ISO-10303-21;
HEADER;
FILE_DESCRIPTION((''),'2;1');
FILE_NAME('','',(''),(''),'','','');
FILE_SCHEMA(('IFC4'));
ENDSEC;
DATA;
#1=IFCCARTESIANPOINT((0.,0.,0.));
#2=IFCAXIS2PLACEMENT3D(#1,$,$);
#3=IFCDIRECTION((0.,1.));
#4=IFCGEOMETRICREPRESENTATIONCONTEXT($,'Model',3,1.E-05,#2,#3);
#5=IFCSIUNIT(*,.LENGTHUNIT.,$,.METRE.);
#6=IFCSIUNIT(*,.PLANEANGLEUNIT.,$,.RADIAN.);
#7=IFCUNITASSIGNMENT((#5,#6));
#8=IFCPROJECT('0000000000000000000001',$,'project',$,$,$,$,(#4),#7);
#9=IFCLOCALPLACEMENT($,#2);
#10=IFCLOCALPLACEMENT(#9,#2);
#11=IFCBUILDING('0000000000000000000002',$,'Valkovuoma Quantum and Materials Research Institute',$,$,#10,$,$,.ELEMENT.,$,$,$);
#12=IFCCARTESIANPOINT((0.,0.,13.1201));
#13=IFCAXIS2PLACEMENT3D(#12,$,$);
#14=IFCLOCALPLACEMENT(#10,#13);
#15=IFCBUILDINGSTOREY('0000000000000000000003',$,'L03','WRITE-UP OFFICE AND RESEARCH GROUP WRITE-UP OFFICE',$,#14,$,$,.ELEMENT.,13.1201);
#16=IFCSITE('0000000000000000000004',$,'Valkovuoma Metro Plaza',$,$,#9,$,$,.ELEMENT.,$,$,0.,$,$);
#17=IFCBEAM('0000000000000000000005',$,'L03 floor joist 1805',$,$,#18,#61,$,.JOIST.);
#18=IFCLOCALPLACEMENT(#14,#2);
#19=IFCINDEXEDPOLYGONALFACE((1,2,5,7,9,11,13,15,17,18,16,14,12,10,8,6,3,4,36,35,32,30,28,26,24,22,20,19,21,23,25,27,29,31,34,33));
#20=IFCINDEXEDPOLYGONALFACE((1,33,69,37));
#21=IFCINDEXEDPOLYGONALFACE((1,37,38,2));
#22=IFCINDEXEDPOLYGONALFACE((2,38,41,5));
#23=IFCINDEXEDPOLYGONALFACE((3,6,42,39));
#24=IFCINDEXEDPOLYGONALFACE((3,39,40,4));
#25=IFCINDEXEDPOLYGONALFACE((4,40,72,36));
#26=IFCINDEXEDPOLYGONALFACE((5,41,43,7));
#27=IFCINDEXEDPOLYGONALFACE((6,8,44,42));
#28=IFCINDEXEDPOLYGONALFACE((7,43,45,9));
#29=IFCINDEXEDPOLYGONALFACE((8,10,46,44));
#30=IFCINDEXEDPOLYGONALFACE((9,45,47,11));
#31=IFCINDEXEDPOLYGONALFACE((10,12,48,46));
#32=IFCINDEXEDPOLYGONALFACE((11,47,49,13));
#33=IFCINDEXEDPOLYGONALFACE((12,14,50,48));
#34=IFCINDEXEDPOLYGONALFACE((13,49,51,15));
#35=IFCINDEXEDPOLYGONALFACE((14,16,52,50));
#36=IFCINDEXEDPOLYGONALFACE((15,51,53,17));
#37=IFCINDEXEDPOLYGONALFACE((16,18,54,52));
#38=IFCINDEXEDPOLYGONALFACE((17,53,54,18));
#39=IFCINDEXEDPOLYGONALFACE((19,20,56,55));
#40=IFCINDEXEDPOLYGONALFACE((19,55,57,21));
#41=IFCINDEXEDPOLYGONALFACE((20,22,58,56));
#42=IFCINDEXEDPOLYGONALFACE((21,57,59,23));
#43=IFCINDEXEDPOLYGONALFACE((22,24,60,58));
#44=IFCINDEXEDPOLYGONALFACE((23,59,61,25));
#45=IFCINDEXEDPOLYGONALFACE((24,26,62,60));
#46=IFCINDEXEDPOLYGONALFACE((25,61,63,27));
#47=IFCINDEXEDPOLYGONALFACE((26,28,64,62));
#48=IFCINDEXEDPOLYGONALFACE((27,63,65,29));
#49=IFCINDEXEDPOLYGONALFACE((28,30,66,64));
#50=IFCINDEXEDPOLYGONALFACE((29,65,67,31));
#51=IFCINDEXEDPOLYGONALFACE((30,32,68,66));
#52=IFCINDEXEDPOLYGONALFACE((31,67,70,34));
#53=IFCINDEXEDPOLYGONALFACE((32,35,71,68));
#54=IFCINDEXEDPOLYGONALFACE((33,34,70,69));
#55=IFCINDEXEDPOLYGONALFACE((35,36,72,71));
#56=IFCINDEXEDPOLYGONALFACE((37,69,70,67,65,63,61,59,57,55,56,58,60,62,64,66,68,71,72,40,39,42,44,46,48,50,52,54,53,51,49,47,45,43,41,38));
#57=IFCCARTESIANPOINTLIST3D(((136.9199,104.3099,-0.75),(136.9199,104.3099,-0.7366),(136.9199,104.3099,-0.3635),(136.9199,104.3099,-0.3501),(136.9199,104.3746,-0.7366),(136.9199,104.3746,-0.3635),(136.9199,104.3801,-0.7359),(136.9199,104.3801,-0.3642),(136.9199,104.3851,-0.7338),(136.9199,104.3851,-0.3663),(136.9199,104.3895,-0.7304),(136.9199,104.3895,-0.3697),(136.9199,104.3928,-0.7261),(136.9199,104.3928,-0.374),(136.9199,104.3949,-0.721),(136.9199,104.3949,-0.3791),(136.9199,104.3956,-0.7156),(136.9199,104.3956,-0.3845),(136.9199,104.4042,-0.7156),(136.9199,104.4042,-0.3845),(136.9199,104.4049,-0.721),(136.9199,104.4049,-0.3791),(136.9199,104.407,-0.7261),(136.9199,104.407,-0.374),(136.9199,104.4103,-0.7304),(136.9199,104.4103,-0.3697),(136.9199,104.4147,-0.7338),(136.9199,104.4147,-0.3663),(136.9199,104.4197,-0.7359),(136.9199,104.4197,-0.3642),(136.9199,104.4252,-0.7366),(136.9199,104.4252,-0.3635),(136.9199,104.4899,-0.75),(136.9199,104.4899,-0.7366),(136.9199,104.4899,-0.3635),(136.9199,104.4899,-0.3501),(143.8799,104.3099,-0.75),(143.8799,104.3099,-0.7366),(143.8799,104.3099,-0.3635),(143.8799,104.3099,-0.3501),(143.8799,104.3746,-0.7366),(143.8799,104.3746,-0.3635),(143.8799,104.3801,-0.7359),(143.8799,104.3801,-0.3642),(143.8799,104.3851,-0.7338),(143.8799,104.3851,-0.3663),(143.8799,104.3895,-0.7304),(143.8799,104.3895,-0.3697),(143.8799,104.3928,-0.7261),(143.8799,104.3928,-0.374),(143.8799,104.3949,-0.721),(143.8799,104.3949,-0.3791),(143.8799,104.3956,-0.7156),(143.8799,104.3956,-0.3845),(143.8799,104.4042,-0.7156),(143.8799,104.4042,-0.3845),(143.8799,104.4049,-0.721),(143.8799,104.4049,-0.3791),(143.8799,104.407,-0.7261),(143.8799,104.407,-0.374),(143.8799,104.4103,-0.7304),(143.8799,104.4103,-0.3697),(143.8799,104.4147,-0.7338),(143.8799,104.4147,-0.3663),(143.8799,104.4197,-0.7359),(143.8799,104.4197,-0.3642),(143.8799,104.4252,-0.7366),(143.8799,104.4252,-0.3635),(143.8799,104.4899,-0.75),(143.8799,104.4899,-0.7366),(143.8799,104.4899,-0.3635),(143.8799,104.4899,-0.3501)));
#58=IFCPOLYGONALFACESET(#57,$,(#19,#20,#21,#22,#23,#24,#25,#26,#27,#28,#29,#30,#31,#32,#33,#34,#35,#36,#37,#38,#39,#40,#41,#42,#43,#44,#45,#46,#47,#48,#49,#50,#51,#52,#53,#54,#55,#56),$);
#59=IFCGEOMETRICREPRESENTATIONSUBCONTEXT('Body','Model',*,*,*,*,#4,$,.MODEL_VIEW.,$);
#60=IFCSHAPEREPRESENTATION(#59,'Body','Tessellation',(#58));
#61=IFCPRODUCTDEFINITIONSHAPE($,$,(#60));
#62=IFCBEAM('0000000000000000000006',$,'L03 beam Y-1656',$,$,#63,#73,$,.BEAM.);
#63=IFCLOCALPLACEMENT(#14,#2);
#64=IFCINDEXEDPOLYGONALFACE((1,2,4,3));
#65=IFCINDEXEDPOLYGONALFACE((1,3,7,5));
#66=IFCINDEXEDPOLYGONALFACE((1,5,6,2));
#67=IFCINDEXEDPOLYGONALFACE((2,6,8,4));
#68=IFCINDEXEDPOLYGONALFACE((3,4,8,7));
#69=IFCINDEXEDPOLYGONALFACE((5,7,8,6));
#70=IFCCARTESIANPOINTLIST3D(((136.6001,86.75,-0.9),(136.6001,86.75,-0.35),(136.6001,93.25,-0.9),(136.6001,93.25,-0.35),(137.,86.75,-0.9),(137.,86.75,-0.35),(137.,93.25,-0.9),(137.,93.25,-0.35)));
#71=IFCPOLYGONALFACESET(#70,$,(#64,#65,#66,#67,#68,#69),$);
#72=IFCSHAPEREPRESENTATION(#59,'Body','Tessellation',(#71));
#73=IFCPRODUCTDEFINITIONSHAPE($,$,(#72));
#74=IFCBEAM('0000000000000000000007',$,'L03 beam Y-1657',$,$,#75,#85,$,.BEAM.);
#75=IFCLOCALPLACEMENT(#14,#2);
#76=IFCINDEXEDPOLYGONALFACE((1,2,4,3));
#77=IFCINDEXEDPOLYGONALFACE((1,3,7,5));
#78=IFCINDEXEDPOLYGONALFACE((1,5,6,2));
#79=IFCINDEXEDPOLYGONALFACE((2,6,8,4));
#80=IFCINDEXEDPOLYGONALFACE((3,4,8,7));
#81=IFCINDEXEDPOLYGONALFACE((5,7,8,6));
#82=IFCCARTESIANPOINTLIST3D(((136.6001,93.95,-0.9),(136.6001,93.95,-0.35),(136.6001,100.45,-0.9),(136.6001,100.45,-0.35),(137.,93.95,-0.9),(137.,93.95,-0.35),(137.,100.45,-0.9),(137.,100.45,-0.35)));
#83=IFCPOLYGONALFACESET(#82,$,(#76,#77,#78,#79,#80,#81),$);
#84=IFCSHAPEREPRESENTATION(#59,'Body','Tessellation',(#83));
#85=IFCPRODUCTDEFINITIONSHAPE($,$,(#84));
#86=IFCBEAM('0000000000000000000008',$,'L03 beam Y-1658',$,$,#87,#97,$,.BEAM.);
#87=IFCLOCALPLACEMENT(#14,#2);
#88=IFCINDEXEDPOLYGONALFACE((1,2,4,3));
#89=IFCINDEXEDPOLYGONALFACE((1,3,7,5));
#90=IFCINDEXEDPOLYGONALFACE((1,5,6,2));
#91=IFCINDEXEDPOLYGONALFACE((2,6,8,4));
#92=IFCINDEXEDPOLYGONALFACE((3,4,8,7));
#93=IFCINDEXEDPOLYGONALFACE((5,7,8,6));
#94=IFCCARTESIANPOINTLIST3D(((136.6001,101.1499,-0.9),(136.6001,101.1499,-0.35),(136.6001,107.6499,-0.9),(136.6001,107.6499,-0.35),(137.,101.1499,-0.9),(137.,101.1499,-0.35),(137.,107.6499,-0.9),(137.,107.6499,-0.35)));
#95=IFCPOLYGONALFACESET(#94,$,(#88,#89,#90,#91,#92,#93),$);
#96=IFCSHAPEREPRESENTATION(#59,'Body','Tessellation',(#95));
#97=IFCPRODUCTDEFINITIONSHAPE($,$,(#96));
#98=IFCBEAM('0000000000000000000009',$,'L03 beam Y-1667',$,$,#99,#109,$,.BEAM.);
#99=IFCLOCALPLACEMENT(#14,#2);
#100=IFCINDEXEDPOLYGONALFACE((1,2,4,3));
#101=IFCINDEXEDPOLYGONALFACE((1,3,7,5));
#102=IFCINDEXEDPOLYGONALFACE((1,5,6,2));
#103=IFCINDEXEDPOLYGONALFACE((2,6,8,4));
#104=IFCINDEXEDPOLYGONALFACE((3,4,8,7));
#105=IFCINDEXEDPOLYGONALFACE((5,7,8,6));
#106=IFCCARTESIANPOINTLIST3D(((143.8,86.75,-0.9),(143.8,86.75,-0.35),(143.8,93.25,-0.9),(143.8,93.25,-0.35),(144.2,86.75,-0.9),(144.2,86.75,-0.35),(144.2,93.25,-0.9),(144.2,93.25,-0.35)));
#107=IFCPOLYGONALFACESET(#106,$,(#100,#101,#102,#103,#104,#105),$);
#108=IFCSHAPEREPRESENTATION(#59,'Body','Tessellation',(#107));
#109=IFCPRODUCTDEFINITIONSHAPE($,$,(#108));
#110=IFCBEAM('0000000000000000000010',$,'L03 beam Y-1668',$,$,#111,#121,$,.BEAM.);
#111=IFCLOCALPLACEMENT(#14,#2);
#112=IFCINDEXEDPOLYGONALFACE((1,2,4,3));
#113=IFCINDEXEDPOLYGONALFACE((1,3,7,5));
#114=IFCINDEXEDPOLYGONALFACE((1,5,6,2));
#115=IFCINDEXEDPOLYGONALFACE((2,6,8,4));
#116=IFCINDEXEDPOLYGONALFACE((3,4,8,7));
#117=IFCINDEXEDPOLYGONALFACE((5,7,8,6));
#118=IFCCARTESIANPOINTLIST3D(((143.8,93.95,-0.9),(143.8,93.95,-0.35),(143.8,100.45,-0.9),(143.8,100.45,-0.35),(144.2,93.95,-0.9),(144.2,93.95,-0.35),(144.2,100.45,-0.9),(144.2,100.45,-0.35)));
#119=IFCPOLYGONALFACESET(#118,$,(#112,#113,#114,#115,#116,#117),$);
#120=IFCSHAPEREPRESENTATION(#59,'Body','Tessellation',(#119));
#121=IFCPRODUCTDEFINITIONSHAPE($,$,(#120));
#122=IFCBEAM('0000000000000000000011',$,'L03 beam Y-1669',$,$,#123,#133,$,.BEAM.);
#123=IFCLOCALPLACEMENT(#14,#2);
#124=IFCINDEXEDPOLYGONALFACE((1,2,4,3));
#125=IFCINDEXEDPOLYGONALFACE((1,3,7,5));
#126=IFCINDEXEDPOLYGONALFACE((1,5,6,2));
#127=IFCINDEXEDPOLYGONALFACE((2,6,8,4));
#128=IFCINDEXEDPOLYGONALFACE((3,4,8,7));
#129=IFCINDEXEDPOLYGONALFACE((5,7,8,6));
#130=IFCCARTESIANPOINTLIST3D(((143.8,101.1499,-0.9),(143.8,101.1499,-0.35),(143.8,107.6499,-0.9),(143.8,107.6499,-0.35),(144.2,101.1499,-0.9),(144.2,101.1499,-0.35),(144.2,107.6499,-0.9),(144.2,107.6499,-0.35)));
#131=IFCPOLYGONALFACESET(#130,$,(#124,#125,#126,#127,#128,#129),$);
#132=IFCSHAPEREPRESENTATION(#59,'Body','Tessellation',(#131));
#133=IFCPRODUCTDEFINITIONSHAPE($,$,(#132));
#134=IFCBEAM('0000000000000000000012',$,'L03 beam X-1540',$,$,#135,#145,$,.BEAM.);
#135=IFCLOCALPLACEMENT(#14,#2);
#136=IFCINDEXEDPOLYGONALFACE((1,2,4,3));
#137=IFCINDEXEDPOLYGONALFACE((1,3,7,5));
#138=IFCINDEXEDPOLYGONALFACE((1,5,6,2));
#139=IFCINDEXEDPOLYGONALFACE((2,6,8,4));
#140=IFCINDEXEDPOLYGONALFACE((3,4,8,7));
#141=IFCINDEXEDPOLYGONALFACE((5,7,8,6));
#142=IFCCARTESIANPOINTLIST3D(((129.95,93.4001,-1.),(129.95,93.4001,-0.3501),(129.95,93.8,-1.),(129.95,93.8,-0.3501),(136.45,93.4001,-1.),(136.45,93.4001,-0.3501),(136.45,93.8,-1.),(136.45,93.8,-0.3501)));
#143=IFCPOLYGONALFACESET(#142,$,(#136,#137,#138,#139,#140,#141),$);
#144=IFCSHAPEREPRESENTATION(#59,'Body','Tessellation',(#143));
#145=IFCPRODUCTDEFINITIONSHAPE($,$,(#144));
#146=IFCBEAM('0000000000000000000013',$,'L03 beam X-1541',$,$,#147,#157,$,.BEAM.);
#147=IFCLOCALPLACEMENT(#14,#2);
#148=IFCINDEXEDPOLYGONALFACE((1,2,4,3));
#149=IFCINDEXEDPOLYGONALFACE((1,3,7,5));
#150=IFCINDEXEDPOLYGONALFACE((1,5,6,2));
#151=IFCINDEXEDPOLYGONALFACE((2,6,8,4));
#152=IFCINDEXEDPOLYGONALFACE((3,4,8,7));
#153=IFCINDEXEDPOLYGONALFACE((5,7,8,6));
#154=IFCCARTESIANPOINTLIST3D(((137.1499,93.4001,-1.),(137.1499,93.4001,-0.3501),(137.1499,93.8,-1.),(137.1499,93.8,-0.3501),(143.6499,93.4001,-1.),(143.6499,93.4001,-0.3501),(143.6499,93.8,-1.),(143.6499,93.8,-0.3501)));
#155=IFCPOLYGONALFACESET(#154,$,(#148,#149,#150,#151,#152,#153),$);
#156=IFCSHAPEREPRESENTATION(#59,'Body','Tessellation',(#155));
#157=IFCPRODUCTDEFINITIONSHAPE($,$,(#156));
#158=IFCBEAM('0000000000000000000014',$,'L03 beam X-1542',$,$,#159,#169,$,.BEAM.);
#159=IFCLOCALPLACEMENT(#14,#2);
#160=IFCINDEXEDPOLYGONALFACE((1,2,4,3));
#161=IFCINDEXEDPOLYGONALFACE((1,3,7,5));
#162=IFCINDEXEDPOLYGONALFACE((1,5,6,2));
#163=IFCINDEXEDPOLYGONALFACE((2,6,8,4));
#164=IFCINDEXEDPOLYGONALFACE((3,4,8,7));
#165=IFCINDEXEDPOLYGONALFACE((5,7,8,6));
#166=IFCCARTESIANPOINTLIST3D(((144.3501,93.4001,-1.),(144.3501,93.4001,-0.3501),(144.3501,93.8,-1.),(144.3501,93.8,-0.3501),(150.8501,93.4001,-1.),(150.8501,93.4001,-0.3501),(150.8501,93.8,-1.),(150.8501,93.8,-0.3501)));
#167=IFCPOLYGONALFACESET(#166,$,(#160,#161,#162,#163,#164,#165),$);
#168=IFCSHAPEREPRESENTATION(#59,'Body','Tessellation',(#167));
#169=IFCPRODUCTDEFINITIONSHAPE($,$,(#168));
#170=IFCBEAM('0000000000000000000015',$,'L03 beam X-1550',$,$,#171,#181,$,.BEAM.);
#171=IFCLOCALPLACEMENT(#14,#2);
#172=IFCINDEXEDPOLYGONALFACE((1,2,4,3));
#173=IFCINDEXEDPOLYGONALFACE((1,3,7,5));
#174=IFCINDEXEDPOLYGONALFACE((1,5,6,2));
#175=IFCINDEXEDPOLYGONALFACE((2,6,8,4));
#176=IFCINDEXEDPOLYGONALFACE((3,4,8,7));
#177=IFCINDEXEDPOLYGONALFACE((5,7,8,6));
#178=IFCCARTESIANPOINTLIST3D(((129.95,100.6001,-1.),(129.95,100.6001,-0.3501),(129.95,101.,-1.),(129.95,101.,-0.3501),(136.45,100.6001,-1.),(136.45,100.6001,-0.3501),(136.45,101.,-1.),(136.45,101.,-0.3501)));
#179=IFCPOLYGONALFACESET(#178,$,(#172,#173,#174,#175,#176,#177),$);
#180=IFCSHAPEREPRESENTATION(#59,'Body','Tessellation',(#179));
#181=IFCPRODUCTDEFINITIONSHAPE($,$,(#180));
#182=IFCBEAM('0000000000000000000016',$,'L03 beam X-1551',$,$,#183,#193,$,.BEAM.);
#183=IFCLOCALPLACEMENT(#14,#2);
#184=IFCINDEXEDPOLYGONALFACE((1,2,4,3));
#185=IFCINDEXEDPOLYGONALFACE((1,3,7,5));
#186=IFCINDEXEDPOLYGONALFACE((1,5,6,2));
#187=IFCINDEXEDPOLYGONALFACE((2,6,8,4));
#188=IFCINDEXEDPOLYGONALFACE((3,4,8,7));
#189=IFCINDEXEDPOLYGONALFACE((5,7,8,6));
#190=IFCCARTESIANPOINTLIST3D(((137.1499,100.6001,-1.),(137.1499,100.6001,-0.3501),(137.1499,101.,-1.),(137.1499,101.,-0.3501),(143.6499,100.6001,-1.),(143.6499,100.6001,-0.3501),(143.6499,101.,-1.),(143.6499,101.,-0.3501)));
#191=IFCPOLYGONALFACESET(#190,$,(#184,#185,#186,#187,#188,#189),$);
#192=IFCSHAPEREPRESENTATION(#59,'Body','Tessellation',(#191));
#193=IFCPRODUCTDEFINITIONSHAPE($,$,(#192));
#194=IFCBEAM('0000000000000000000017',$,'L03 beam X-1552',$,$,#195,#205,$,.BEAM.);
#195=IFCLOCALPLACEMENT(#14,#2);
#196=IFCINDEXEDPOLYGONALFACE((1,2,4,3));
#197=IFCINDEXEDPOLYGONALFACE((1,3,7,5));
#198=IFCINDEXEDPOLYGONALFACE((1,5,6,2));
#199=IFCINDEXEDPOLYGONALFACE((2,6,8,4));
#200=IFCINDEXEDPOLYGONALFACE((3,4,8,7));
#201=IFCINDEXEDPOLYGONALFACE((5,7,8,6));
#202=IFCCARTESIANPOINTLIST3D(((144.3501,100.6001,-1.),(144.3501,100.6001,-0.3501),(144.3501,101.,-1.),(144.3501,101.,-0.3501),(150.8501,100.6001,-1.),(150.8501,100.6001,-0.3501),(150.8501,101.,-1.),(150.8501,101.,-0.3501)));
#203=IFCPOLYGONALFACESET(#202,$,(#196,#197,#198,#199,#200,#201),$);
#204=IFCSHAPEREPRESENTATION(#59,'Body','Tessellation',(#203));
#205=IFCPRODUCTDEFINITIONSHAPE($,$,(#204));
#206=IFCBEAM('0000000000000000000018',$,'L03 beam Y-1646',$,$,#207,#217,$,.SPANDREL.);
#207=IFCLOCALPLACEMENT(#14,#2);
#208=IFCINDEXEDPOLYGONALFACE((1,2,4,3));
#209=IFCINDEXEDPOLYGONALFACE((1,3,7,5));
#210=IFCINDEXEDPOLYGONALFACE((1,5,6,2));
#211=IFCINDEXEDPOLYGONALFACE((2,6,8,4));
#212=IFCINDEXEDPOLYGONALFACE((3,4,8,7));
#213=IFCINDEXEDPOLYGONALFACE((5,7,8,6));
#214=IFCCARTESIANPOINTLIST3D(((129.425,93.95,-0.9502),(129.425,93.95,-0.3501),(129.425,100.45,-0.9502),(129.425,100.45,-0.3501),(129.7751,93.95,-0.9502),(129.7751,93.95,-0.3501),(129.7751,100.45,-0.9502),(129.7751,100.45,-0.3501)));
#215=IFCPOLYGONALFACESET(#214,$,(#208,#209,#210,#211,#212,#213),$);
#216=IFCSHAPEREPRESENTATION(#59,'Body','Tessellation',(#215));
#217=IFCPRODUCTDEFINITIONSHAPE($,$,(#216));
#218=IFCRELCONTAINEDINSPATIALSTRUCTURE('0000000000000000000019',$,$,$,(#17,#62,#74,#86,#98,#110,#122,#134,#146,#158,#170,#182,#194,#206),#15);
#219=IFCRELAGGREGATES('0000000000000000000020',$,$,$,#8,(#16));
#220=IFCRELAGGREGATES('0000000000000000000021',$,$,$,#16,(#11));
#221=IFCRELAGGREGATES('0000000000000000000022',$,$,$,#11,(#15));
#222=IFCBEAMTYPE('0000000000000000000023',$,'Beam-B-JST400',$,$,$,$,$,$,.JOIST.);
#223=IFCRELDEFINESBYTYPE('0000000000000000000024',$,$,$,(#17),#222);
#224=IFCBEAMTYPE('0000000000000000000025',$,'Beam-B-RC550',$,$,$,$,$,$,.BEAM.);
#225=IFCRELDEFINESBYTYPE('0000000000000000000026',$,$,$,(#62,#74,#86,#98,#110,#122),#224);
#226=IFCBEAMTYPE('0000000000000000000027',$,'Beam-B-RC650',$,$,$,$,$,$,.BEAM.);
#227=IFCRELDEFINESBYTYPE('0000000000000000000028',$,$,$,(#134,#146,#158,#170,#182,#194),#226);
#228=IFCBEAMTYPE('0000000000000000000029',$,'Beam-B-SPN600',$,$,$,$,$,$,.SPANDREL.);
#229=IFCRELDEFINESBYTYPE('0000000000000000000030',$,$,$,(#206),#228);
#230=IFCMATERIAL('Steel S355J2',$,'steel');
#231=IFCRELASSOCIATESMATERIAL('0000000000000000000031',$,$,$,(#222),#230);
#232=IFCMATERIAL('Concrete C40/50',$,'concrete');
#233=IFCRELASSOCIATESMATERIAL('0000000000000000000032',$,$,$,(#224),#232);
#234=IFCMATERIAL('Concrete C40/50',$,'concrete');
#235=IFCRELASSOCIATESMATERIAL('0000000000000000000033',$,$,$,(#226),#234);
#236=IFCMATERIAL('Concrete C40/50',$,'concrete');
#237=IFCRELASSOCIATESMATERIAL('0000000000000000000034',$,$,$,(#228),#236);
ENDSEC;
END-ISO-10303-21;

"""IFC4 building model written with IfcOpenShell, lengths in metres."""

from ifc_helpers import new_model, si_unit, direction, frame, origin, origin_2d, place, context, subcontext, project, spatial, rectangle, i_section, extrude, material, material_profile, profile_set, type_object, element, save


model = new_model("IFC4")

# Units and contexts
model_context = context("Model", 3, precision=1e-05, world=origin(), true_north=direction((0.0, 1.0)))
body_context = subcontext(model_context, "Body", "Model", "MODEL_VIEW")
ifc_project = project(units=[si_unit("LENGTHUNIT", "METRE"), si_unit("PLANEANGLEUNIT", "RADIAN")], contexts=[model_context])

# Site, building, storey
site_placement = place(None, origin())
site = spatial("IfcSite", under=ifc_project, at=site_placement, Name="Valkovuoma Metro Plaza", CompositionType="ELEMENT", RefElevation=0.0)
building_placement = place(site_placement, origin())
building = spatial("IfcBuilding", under=site, at=building_placement, Name="Valkovuoma Quantum and Materials Research Institute", CompositionType="ELEMENT")
storey_placement = place(building_placement, frame((0.0, 0.0, 13.1201)))
storey = spatial("IfcBuildingStorey", under=building, at=storey_placement, Name="L03", Description="WRITE-UP OFFICE AND RESEARCH GROUP WRITE-UP OFFICE", CompositionType="ELEMENT", Elevation=13.1201)

# Beams
ifc_material_1 = material(Name="Steel S355J2", Category="steel")
ifc_material_profile_1 = material_profile(ifc_material_1, i_section(OverallWidth=0.1799, OverallDepth=0.3999, WebThickness=0.0085, FlangeThickness=0.0134, FilletRadius=0.021, at=origin_2d()), Name="Steel S355J2")
ifc_profile_set_1 = profile_set([ifc_material_profile_1], Name="Steel S355J2")
beam_type_1 = type_object("IfcBeamType", Name="Beam-B-JST400", PredefinedType="JOIST", material=ifc_profile_set_1)
for number, where, z_axis, x_axis, name in (
    (1, (136.9199, 104.3999, -0.55), (1.0, 0.0, 0.0), (0.0, 1.0, 0.0), "L03 floor joist 1805"),
):
    element("IfcBeam", number, at=place(storey_placement, frame(where, z_axis=z_axis, x_axis=x_axis)), inside=storey, type_object=beam_type_1, Name=name, PredefinedType="JOIST", context=body_context, shape_type="SweptSolid", body=[
        extrude(i_section(OverallWidth=0.1799, OverallDepth=0.3999, WebThickness=0.0085, FlangeThickness=0.0134, FilletRadius=0.021, at=origin_2d()), origin(), (0.0, 0.0, 1.0), 6.96),
    ])
ifc_material_2 = material(Name="Concrete C40/50", Category="concrete")
ifc_material_profile_2 = material_profile(ifc_material_2, rectangle(XDim=0.3999, YDim=0.55, at=origin_2d()), Name="Concrete C40/50")
ifc_profile_set_2 = profile_set([ifc_material_profile_2], Name="Concrete C40/50")
beam_type_2 = type_object("IfcBeamType", Name="Beam-B-RC550", PredefinedType="BEAM", material=ifc_profile_set_2)
for number, where, z_axis, x_axis, name in (
    (2, (136.8, 86.75, -0.625), (0.0, 1.0, 0.0), (-1.0, 0.0, 0.0), "L03 beam Y-1656"),
    (3, (136.8, 93.95, -0.625), (0.0, 1.0, 0.0), (-1.0, 0.0, 0.0), "L03 beam Y-1657"),
    (4, (136.8, 101.1499, -0.625), (0.0, 1.0, 0.0), (-1.0, 0.0, 0.0), "L03 beam Y-1658"),
    (5, (144.0, 86.75, -0.625), (0.0, 1.0, 0.0), (-1.0, 0.0, 0.0), "L03 beam Y-1667"),
    (6, (144.0, 93.95, -0.625), (0.0, 1.0, 0.0), (-1.0, 0.0, 0.0), "L03 beam Y-1668"),
    (7, (144.0, 101.1499, -0.625), (0.0, 1.0, 0.0), (-1.0, 0.0, 0.0), "L03 beam Y-1669"),
):
    element("IfcBeam", number, at=place(storey_placement, frame(where, z_axis=z_axis, x_axis=x_axis)), inside=storey, type_object=beam_type_2, Name=name, PredefinedType="BEAM", context=body_context, shape_type="SweptSolid", body=[
        extrude(rectangle(XDim=0.3999, YDim=0.55, at=origin_2d()), origin(), (0.0, 0.0, 1.0), 6.5),
    ])
ifc_material_3 = material(Name="Concrete C40/50", Category="concrete")
ifc_material_profile_3 = material_profile(ifc_material_3, rectangle(XDim=0.3999, YDim=0.6499, at=origin_2d()), Name="Concrete C40/50")
ifc_profile_set_3 = profile_set([ifc_material_profile_3], Name="Concrete C40/50")
beam_type_3 = type_object("IfcBeamType", Name="Beam-B-RC650", PredefinedType="BEAM", material=ifc_profile_set_3)
for number, where, z_axis, x_axis, name in (
    (8, (129.95, 93.6001, -0.675), (1.0, 0.0, 0.0), (0.0, 1.0, 0.0), "L03 beam X-1540"),
    (9, (137.1499, 93.6001, -0.675), (1.0, 0.0, 0.0), (0.0, 1.0, 0.0), "L03 beam X-1541"),
    (10, (144.3501, 93.6001, -0.675), (1.0, 0.0, 0.0), (0.0, 1.0, 0.0), "L03 beam X-1542"),
    (11, (129.95, 100.8, -0.675), (1.0, 0.0, 0.0), (0.0, 1.0, 0.0), "L03 beam X-1550"),
    (12, (137.1499, 100.8, -0.675), (1.0, 0.0, 0.0), (0.0, 1.0, 0.0), "L03 beam X-1551"),
    (13, (144.3501, 100.8, -0.675), (1.0, 0.0, 0.0), (0.0, 1.0, 0.0), "L03 beam X-1552"),
):
    element("IfcBeam", number, at=place(storey_placement, frame(where, z_axis=z_axis, x_axis=x_axis)), inside=storey, type_object=beam_type_3, Name=name, PredefinedType="BEAM", context=body_context, shape_type="SweptSolid", body=[
        extrude(rectangle(XDim=0.3999, YDim=0.6499, at=origin_2d()), origin(), (0.0, 0.0, 1.0), 6.5),
    ])
ifc_material_4 = material(Name="Concrete C40/50", Category="concrete")
ifc_material_profile_4 = material_profile(ifc_material_4, rectangle(XDim=0.3501, YDim=0.6001, at=origin_2d()), Name="Concrete C40/50")
ifc_profile_set_4 = profile_set([ifc_material_profile_4], Name="Concrete C40/50")
beam_type_4 = type_object("IfcBeamType", Name="Beam-B-SPN600", PredefinedType="SPANDREL", material=ifc_profile_set_4)
for number, where, z_axis, x_axis, name in (
    (14, (129.6001, 93.95, -0.6501), (0.0, 1.0, 0.0), (-1.0, 0.0, 0.0), "L03 beam Y-1646"),
):
    element("IfcBeam", number, at=place(storey_placement, frame(where, z_axis=z_axis, x_axis=x_axis)), inside=storey, type_object=beam_type_4, Name=name, PredefinedType="SPANDREL", context=body_context, shape_type="SweptSolid", body=[
        extrude(rectangle(XDim=0.3501, YDim=0.6001, at=origin_2d()), origin(), (0.0, 0.0, 1.0), 6.5),
    ])

save(model, "model.ifc")
